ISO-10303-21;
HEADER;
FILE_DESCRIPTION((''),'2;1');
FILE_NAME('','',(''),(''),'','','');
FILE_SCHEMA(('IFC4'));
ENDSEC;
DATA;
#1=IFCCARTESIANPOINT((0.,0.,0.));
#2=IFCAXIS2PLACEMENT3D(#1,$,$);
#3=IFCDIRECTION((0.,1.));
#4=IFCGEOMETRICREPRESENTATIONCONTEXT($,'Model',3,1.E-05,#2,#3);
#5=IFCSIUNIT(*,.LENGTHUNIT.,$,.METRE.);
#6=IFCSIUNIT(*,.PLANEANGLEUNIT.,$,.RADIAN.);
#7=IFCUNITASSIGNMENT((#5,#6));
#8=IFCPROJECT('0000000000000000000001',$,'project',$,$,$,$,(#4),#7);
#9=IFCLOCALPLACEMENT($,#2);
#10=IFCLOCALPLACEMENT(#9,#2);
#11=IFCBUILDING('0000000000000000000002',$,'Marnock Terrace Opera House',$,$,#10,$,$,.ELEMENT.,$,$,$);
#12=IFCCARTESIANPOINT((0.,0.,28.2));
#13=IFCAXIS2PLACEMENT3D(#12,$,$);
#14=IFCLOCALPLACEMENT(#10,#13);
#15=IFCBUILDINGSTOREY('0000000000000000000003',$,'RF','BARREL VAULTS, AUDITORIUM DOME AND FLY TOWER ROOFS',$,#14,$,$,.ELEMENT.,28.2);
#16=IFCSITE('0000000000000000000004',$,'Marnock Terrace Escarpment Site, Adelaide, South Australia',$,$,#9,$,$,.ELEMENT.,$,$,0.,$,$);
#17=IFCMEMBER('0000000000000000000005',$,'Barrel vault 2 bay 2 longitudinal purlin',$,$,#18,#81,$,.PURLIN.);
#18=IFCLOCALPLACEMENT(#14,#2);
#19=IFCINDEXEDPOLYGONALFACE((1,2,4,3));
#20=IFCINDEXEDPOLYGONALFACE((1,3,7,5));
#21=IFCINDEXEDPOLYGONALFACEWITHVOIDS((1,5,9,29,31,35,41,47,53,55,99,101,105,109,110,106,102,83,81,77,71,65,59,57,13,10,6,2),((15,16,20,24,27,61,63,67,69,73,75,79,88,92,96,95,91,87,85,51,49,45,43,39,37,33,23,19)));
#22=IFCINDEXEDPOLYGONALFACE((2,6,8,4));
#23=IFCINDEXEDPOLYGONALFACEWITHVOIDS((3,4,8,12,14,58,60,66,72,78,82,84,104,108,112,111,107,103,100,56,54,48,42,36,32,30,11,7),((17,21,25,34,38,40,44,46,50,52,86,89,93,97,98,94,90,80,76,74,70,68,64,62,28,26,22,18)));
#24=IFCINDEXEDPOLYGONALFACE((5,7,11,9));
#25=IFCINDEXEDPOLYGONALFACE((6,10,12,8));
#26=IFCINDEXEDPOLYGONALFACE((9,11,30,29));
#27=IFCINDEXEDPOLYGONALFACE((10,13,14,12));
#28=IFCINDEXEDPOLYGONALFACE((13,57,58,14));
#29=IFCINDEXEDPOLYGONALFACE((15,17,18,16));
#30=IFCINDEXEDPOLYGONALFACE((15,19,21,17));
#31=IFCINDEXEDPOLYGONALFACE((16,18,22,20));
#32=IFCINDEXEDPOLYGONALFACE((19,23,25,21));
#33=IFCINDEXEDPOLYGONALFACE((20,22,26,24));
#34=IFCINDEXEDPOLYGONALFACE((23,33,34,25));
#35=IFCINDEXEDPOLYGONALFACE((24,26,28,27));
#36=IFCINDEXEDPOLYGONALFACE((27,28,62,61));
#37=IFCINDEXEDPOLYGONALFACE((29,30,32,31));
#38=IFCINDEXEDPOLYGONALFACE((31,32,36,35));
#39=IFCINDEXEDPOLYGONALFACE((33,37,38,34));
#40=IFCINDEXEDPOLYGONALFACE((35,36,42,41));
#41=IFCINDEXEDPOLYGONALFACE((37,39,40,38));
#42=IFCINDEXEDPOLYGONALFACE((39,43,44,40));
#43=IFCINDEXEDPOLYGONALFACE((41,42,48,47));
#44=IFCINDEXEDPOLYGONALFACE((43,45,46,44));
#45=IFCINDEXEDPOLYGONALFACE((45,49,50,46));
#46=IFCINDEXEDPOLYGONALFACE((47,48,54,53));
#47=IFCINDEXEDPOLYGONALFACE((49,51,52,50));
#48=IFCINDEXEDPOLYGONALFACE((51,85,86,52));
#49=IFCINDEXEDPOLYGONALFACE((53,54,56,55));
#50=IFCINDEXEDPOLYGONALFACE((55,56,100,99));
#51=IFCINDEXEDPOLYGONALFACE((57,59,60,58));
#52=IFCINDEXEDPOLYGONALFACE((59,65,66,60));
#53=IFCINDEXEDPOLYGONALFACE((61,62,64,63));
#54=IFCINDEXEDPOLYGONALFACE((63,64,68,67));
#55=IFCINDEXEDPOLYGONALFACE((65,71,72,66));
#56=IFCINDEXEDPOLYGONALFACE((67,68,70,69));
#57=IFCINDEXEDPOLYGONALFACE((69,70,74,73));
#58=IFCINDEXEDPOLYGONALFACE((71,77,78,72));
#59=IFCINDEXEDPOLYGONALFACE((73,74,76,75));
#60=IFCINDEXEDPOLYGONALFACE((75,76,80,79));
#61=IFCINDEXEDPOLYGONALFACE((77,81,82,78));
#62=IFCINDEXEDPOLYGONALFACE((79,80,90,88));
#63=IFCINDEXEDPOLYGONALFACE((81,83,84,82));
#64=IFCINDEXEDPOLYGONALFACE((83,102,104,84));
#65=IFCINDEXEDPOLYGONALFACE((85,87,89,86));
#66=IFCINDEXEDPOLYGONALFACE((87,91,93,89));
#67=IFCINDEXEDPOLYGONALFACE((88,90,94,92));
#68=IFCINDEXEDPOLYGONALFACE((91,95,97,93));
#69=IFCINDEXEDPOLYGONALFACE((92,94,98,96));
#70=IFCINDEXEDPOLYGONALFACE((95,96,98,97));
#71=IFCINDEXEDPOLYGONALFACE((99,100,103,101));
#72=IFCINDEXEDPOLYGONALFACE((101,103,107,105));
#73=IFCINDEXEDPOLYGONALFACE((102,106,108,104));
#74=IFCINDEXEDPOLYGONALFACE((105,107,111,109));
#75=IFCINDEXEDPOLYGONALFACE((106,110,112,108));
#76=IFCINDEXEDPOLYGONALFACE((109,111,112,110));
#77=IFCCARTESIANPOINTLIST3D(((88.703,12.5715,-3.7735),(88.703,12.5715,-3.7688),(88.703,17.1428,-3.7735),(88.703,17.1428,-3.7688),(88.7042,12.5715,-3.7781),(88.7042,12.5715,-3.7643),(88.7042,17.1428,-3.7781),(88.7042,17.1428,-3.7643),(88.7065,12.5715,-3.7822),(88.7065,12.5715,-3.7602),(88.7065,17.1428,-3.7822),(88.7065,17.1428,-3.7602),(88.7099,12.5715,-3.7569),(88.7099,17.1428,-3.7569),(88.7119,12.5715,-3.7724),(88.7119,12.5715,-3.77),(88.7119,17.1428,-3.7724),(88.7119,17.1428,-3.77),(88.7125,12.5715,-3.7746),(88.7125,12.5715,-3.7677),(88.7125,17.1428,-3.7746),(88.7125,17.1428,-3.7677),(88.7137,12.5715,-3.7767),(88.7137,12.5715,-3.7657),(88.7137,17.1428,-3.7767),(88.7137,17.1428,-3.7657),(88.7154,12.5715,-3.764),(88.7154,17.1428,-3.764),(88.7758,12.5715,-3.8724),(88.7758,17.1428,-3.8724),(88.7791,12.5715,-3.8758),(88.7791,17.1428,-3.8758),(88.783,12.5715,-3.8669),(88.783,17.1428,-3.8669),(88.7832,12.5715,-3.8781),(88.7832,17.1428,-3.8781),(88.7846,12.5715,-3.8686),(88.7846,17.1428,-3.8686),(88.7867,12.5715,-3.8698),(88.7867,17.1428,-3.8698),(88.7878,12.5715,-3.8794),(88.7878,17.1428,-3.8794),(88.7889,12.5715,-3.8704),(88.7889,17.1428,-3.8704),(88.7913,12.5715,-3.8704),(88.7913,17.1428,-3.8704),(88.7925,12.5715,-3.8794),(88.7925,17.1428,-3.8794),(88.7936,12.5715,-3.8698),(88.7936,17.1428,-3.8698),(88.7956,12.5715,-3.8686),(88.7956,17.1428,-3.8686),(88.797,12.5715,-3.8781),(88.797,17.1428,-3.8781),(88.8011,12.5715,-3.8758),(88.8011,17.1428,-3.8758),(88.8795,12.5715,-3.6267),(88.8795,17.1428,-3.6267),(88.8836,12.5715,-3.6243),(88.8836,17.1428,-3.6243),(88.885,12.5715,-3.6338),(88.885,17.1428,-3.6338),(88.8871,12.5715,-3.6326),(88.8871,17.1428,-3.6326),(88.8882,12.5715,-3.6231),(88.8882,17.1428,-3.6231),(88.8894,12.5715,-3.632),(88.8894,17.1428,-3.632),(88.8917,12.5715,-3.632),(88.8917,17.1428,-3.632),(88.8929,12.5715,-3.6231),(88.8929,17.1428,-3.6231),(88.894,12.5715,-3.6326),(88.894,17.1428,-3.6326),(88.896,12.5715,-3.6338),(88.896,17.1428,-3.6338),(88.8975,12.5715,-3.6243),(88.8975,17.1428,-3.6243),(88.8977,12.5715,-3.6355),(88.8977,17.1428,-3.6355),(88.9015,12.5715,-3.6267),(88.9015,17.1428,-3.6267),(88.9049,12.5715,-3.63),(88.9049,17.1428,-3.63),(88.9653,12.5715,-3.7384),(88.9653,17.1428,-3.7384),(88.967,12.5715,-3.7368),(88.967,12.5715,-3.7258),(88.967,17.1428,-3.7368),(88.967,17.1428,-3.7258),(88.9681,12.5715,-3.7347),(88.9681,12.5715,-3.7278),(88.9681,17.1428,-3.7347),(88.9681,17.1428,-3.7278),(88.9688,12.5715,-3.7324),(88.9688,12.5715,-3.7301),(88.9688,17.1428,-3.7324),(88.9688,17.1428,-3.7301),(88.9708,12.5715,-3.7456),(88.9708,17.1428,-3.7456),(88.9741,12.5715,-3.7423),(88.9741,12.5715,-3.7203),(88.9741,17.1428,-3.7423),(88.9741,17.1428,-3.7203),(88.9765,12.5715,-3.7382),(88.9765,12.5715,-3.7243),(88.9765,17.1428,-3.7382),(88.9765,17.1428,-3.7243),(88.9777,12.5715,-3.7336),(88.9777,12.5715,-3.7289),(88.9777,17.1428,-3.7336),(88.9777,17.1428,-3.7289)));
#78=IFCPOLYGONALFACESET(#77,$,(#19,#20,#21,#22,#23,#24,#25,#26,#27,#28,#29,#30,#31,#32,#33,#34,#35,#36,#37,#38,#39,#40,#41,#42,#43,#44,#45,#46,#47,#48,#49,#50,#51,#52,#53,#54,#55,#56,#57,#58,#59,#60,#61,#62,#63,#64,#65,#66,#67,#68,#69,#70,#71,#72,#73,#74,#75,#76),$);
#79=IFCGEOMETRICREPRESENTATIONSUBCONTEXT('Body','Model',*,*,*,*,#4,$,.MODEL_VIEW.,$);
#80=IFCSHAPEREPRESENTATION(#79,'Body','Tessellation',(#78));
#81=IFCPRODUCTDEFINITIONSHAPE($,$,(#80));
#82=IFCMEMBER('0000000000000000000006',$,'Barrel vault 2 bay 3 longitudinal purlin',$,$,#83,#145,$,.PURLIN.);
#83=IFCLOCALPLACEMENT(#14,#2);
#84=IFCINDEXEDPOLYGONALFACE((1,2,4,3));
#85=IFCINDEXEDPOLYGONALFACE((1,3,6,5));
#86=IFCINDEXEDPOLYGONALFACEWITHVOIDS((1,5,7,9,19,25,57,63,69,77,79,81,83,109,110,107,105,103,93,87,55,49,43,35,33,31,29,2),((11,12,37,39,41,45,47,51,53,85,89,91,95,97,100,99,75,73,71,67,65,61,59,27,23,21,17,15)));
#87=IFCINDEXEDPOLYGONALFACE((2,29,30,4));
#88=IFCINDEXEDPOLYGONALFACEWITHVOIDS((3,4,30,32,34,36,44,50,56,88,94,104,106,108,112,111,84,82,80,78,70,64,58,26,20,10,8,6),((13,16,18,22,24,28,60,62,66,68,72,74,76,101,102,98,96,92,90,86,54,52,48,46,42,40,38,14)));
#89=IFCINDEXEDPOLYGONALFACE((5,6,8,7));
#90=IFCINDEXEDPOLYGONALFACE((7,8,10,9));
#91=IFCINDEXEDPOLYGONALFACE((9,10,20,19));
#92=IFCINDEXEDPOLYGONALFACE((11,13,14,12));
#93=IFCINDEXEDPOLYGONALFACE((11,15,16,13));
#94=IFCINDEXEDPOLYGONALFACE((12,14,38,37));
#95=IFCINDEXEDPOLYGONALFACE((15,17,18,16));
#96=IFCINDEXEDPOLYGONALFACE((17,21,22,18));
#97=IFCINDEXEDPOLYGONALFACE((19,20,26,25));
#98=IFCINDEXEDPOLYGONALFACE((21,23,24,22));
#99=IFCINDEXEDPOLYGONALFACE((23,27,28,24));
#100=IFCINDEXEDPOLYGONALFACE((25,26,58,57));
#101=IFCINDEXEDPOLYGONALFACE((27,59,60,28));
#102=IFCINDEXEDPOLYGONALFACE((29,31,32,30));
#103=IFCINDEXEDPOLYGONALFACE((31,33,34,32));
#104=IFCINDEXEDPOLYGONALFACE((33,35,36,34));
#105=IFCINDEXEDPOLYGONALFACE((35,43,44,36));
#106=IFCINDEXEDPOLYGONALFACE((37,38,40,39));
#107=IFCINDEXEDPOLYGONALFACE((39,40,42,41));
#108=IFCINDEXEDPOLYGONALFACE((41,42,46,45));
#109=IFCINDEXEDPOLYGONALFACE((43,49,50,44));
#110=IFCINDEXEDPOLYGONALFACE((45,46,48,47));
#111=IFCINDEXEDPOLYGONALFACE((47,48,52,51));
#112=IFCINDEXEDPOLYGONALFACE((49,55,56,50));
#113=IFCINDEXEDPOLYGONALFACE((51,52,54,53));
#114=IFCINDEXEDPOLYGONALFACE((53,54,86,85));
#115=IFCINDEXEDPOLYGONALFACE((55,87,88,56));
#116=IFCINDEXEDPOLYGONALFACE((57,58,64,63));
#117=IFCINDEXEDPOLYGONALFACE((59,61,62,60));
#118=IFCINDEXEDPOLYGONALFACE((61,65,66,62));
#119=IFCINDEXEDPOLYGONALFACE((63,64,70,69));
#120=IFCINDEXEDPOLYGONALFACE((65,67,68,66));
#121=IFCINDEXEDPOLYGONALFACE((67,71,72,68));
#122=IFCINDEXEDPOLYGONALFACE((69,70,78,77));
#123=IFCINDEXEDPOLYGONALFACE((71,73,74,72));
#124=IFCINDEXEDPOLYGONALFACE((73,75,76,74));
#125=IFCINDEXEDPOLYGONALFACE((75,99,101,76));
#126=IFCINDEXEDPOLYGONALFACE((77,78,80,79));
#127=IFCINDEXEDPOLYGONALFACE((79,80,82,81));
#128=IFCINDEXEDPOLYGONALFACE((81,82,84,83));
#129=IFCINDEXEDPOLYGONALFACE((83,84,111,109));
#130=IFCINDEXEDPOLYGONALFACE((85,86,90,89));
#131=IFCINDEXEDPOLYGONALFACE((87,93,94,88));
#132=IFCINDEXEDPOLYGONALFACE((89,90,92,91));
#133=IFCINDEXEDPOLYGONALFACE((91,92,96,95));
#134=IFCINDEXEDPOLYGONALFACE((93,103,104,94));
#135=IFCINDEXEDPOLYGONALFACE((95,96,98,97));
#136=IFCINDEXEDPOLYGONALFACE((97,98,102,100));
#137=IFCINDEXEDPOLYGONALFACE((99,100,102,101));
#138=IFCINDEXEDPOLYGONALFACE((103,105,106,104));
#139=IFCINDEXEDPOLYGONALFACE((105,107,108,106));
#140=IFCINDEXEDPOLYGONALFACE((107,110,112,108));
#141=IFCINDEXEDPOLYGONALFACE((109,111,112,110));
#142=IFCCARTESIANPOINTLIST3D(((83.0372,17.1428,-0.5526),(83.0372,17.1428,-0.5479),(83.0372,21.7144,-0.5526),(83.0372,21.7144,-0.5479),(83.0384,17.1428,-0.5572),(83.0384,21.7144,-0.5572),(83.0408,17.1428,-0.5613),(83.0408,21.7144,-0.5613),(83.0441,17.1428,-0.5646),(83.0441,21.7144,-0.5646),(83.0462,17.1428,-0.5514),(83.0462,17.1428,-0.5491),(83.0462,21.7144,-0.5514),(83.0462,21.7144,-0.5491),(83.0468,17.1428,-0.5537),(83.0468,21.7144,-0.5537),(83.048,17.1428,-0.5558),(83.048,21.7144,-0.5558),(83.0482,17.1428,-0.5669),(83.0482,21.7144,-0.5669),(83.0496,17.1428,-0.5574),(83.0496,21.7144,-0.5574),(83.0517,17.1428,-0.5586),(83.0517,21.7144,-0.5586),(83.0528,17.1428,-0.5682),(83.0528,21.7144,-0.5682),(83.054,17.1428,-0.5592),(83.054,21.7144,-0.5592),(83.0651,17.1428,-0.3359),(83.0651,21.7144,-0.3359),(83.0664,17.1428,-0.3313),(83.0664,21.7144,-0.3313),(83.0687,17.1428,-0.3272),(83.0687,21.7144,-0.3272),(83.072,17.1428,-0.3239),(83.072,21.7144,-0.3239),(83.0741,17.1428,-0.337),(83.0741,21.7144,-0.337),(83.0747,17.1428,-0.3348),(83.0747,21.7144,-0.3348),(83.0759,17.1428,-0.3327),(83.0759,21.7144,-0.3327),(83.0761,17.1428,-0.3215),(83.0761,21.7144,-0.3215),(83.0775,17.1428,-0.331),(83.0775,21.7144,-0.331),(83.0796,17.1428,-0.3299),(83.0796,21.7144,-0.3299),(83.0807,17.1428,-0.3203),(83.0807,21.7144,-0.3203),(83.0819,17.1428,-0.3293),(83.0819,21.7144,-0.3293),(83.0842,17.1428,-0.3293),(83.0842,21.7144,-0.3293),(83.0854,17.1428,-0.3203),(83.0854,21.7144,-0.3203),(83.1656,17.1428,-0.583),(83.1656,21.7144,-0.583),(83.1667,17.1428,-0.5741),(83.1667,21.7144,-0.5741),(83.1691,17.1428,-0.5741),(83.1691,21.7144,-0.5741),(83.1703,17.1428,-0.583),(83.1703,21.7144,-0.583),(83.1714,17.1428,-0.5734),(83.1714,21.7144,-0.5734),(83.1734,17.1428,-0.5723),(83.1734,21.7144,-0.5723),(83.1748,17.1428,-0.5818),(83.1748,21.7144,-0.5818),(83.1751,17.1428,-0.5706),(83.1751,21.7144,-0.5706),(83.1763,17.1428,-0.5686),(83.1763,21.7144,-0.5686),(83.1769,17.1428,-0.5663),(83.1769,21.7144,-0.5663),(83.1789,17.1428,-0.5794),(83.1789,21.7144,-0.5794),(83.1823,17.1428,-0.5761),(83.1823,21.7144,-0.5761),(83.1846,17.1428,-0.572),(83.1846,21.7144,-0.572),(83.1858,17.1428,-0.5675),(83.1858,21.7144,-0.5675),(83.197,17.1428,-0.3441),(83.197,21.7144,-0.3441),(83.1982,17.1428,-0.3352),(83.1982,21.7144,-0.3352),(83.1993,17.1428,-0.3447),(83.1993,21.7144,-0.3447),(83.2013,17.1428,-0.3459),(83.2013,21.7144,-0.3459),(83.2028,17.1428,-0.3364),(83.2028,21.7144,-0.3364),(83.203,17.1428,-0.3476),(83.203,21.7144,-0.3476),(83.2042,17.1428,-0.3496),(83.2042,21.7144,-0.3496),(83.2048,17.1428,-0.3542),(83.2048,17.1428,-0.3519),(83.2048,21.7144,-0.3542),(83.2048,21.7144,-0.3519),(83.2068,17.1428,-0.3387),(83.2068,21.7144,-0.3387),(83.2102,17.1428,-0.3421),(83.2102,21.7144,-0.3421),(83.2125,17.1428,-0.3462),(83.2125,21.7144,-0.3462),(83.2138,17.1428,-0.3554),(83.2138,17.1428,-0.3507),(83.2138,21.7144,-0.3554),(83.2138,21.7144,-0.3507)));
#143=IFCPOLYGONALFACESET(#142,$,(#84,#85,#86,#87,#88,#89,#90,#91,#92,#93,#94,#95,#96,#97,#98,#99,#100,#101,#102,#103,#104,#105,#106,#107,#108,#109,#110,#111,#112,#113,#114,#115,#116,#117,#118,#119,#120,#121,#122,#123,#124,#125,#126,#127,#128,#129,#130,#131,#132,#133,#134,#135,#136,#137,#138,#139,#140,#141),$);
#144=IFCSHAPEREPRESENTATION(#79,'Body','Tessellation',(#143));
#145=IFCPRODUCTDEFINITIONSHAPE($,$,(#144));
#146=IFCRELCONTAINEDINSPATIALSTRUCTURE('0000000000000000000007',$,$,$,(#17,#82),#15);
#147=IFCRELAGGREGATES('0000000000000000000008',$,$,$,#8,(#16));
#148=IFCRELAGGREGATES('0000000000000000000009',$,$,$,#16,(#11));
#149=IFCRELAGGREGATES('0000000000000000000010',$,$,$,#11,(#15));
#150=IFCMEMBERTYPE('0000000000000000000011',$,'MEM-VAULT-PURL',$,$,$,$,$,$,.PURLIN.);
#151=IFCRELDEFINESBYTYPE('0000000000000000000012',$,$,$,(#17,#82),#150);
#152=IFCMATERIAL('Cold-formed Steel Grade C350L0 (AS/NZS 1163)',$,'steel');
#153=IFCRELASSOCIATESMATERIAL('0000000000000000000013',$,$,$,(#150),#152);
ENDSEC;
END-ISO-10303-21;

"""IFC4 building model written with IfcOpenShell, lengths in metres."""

from ifc_helpers import new_model, si_unit, direction, frame, origin, origin_2d, place, context, subcontext, project, spatial, hollow_rectangle, extrude, material, material_profile, profile_set, type_object, element, save


model = new_model("IFC4")

# Units and contexts
model_context = context("Model", 3, precision=1e-05, world=origin(), true_north=direction((0.0, 1.0)))
body_context = subcontext(model_context, "Body", "Model", "MODEL_VIEW")
ifc_project = project(units=[si_unit("LENGTHUNIT", "METRE"), si_unit("PLANEANGLEUNIT", "RADIAN")], contexts=[model_context])

# Site, building, storey
site_placement = place(None, origin())
site = spatial("IfcSite", under=ifc_project, at=site_placement, Name="Marnock Terrace Escarpment Site, Adelaide, South Australia", CompositionType="ELEMENT", RefElevation=0.0)
building_placement = place(site_placement, origin())
building = spatial("IfcBuilding", under=site, at=building_placement, Name="Marnock Terrace Opera House", CompositionType="ELEMENT")
storey_placement = place(building_placement, frame((0.0, 0.0, 28.2)))
storey = spatial("IfcBuildingStorey", under=building, at=storey_placement, Name="RF", Description="BARREL VAULTS, AUDITORIUM DOME AND FLY TOWER ROOFS", CompositionType="ELEMENT", Elevation=28.2)

# Members
ifc_material = material(Name="Cold-formed Steel Grade C350L0 (AS/NZS 1163)", Category="steel")
ifc_material_profile_1 = material_profile(ifc_material, hollow_rectangle(XDim=0.1499, YDim=0.25, WallThickness=0.009, InnerFilletRadius=0.009, OuterFilletRadius=0.0181, at=origin_2d()))
ifc_profile_set_1 = profile_set([ifc_material_profile_1], Name="Cold-formed Steel Grade C350L0 (AS/NZS 1163)")
member_type_1 = type_object("IfcMemberType", Name="MEM-VAULT-PURL", PredefinedType="PURLIN", material=ifc_profile_set_1)
for number, where, z_axis, x_axis, name in (
    (1, (88.8403, 12.5715, -3.7512), (0.0, 1.0, 0.0), (-0.608761, 0.0, 0.793353), "Barrel vault 2 bay 2 longitudinal purlin"),
):
    element("IfcMember", number, at=place(storey_placement, frame(where, z_axis=z_axis, x_axis=x_axis)), inside=storey, type_object=member_type_1, Name=name, PredefinedType="PURLIN", context=body_context, shape_type="SweptSolid", body=[
        extrude(hollow_rectangle(XDim=0.1499, YDim=0.25, WallThickness=0.009, InnerFilletRadius=0.009, OuterFilletRadius=0.0181, at=origin_2d()), origin(), (0.0, 0.0, 1.0), 4.5713),
    ])
for number, where, z_axis, x_axis, name in (
    (2, (83.1255, 17.1428, -0.4517), (0.0, 1.0, 0.0), (-0.991445, 0.0, 0.130526), "Barrel vault 2 bay 3 longitudinal purlin"),
):
    element("IfcMember", number, at=place(storey_placement, frame(where, z_axis=z_axis, x_axis=x_axis)), inside=storey, type_object=member_type_1, Name=name, PredefinedType="PURLIN", context=body_context, shape_type="SweptSolid", body=[
        extrude(hollow_rectangle(XDim=0.1499, YDim=0.25, WallThickness=0.009, InnerFilletRadius=0.009, OuterFilletRadius=0.0181, at=origin_2d()), origin(), (0.0, 0.0, 1.0), 4.5715),
    ])

save(model, "model.ifc")
